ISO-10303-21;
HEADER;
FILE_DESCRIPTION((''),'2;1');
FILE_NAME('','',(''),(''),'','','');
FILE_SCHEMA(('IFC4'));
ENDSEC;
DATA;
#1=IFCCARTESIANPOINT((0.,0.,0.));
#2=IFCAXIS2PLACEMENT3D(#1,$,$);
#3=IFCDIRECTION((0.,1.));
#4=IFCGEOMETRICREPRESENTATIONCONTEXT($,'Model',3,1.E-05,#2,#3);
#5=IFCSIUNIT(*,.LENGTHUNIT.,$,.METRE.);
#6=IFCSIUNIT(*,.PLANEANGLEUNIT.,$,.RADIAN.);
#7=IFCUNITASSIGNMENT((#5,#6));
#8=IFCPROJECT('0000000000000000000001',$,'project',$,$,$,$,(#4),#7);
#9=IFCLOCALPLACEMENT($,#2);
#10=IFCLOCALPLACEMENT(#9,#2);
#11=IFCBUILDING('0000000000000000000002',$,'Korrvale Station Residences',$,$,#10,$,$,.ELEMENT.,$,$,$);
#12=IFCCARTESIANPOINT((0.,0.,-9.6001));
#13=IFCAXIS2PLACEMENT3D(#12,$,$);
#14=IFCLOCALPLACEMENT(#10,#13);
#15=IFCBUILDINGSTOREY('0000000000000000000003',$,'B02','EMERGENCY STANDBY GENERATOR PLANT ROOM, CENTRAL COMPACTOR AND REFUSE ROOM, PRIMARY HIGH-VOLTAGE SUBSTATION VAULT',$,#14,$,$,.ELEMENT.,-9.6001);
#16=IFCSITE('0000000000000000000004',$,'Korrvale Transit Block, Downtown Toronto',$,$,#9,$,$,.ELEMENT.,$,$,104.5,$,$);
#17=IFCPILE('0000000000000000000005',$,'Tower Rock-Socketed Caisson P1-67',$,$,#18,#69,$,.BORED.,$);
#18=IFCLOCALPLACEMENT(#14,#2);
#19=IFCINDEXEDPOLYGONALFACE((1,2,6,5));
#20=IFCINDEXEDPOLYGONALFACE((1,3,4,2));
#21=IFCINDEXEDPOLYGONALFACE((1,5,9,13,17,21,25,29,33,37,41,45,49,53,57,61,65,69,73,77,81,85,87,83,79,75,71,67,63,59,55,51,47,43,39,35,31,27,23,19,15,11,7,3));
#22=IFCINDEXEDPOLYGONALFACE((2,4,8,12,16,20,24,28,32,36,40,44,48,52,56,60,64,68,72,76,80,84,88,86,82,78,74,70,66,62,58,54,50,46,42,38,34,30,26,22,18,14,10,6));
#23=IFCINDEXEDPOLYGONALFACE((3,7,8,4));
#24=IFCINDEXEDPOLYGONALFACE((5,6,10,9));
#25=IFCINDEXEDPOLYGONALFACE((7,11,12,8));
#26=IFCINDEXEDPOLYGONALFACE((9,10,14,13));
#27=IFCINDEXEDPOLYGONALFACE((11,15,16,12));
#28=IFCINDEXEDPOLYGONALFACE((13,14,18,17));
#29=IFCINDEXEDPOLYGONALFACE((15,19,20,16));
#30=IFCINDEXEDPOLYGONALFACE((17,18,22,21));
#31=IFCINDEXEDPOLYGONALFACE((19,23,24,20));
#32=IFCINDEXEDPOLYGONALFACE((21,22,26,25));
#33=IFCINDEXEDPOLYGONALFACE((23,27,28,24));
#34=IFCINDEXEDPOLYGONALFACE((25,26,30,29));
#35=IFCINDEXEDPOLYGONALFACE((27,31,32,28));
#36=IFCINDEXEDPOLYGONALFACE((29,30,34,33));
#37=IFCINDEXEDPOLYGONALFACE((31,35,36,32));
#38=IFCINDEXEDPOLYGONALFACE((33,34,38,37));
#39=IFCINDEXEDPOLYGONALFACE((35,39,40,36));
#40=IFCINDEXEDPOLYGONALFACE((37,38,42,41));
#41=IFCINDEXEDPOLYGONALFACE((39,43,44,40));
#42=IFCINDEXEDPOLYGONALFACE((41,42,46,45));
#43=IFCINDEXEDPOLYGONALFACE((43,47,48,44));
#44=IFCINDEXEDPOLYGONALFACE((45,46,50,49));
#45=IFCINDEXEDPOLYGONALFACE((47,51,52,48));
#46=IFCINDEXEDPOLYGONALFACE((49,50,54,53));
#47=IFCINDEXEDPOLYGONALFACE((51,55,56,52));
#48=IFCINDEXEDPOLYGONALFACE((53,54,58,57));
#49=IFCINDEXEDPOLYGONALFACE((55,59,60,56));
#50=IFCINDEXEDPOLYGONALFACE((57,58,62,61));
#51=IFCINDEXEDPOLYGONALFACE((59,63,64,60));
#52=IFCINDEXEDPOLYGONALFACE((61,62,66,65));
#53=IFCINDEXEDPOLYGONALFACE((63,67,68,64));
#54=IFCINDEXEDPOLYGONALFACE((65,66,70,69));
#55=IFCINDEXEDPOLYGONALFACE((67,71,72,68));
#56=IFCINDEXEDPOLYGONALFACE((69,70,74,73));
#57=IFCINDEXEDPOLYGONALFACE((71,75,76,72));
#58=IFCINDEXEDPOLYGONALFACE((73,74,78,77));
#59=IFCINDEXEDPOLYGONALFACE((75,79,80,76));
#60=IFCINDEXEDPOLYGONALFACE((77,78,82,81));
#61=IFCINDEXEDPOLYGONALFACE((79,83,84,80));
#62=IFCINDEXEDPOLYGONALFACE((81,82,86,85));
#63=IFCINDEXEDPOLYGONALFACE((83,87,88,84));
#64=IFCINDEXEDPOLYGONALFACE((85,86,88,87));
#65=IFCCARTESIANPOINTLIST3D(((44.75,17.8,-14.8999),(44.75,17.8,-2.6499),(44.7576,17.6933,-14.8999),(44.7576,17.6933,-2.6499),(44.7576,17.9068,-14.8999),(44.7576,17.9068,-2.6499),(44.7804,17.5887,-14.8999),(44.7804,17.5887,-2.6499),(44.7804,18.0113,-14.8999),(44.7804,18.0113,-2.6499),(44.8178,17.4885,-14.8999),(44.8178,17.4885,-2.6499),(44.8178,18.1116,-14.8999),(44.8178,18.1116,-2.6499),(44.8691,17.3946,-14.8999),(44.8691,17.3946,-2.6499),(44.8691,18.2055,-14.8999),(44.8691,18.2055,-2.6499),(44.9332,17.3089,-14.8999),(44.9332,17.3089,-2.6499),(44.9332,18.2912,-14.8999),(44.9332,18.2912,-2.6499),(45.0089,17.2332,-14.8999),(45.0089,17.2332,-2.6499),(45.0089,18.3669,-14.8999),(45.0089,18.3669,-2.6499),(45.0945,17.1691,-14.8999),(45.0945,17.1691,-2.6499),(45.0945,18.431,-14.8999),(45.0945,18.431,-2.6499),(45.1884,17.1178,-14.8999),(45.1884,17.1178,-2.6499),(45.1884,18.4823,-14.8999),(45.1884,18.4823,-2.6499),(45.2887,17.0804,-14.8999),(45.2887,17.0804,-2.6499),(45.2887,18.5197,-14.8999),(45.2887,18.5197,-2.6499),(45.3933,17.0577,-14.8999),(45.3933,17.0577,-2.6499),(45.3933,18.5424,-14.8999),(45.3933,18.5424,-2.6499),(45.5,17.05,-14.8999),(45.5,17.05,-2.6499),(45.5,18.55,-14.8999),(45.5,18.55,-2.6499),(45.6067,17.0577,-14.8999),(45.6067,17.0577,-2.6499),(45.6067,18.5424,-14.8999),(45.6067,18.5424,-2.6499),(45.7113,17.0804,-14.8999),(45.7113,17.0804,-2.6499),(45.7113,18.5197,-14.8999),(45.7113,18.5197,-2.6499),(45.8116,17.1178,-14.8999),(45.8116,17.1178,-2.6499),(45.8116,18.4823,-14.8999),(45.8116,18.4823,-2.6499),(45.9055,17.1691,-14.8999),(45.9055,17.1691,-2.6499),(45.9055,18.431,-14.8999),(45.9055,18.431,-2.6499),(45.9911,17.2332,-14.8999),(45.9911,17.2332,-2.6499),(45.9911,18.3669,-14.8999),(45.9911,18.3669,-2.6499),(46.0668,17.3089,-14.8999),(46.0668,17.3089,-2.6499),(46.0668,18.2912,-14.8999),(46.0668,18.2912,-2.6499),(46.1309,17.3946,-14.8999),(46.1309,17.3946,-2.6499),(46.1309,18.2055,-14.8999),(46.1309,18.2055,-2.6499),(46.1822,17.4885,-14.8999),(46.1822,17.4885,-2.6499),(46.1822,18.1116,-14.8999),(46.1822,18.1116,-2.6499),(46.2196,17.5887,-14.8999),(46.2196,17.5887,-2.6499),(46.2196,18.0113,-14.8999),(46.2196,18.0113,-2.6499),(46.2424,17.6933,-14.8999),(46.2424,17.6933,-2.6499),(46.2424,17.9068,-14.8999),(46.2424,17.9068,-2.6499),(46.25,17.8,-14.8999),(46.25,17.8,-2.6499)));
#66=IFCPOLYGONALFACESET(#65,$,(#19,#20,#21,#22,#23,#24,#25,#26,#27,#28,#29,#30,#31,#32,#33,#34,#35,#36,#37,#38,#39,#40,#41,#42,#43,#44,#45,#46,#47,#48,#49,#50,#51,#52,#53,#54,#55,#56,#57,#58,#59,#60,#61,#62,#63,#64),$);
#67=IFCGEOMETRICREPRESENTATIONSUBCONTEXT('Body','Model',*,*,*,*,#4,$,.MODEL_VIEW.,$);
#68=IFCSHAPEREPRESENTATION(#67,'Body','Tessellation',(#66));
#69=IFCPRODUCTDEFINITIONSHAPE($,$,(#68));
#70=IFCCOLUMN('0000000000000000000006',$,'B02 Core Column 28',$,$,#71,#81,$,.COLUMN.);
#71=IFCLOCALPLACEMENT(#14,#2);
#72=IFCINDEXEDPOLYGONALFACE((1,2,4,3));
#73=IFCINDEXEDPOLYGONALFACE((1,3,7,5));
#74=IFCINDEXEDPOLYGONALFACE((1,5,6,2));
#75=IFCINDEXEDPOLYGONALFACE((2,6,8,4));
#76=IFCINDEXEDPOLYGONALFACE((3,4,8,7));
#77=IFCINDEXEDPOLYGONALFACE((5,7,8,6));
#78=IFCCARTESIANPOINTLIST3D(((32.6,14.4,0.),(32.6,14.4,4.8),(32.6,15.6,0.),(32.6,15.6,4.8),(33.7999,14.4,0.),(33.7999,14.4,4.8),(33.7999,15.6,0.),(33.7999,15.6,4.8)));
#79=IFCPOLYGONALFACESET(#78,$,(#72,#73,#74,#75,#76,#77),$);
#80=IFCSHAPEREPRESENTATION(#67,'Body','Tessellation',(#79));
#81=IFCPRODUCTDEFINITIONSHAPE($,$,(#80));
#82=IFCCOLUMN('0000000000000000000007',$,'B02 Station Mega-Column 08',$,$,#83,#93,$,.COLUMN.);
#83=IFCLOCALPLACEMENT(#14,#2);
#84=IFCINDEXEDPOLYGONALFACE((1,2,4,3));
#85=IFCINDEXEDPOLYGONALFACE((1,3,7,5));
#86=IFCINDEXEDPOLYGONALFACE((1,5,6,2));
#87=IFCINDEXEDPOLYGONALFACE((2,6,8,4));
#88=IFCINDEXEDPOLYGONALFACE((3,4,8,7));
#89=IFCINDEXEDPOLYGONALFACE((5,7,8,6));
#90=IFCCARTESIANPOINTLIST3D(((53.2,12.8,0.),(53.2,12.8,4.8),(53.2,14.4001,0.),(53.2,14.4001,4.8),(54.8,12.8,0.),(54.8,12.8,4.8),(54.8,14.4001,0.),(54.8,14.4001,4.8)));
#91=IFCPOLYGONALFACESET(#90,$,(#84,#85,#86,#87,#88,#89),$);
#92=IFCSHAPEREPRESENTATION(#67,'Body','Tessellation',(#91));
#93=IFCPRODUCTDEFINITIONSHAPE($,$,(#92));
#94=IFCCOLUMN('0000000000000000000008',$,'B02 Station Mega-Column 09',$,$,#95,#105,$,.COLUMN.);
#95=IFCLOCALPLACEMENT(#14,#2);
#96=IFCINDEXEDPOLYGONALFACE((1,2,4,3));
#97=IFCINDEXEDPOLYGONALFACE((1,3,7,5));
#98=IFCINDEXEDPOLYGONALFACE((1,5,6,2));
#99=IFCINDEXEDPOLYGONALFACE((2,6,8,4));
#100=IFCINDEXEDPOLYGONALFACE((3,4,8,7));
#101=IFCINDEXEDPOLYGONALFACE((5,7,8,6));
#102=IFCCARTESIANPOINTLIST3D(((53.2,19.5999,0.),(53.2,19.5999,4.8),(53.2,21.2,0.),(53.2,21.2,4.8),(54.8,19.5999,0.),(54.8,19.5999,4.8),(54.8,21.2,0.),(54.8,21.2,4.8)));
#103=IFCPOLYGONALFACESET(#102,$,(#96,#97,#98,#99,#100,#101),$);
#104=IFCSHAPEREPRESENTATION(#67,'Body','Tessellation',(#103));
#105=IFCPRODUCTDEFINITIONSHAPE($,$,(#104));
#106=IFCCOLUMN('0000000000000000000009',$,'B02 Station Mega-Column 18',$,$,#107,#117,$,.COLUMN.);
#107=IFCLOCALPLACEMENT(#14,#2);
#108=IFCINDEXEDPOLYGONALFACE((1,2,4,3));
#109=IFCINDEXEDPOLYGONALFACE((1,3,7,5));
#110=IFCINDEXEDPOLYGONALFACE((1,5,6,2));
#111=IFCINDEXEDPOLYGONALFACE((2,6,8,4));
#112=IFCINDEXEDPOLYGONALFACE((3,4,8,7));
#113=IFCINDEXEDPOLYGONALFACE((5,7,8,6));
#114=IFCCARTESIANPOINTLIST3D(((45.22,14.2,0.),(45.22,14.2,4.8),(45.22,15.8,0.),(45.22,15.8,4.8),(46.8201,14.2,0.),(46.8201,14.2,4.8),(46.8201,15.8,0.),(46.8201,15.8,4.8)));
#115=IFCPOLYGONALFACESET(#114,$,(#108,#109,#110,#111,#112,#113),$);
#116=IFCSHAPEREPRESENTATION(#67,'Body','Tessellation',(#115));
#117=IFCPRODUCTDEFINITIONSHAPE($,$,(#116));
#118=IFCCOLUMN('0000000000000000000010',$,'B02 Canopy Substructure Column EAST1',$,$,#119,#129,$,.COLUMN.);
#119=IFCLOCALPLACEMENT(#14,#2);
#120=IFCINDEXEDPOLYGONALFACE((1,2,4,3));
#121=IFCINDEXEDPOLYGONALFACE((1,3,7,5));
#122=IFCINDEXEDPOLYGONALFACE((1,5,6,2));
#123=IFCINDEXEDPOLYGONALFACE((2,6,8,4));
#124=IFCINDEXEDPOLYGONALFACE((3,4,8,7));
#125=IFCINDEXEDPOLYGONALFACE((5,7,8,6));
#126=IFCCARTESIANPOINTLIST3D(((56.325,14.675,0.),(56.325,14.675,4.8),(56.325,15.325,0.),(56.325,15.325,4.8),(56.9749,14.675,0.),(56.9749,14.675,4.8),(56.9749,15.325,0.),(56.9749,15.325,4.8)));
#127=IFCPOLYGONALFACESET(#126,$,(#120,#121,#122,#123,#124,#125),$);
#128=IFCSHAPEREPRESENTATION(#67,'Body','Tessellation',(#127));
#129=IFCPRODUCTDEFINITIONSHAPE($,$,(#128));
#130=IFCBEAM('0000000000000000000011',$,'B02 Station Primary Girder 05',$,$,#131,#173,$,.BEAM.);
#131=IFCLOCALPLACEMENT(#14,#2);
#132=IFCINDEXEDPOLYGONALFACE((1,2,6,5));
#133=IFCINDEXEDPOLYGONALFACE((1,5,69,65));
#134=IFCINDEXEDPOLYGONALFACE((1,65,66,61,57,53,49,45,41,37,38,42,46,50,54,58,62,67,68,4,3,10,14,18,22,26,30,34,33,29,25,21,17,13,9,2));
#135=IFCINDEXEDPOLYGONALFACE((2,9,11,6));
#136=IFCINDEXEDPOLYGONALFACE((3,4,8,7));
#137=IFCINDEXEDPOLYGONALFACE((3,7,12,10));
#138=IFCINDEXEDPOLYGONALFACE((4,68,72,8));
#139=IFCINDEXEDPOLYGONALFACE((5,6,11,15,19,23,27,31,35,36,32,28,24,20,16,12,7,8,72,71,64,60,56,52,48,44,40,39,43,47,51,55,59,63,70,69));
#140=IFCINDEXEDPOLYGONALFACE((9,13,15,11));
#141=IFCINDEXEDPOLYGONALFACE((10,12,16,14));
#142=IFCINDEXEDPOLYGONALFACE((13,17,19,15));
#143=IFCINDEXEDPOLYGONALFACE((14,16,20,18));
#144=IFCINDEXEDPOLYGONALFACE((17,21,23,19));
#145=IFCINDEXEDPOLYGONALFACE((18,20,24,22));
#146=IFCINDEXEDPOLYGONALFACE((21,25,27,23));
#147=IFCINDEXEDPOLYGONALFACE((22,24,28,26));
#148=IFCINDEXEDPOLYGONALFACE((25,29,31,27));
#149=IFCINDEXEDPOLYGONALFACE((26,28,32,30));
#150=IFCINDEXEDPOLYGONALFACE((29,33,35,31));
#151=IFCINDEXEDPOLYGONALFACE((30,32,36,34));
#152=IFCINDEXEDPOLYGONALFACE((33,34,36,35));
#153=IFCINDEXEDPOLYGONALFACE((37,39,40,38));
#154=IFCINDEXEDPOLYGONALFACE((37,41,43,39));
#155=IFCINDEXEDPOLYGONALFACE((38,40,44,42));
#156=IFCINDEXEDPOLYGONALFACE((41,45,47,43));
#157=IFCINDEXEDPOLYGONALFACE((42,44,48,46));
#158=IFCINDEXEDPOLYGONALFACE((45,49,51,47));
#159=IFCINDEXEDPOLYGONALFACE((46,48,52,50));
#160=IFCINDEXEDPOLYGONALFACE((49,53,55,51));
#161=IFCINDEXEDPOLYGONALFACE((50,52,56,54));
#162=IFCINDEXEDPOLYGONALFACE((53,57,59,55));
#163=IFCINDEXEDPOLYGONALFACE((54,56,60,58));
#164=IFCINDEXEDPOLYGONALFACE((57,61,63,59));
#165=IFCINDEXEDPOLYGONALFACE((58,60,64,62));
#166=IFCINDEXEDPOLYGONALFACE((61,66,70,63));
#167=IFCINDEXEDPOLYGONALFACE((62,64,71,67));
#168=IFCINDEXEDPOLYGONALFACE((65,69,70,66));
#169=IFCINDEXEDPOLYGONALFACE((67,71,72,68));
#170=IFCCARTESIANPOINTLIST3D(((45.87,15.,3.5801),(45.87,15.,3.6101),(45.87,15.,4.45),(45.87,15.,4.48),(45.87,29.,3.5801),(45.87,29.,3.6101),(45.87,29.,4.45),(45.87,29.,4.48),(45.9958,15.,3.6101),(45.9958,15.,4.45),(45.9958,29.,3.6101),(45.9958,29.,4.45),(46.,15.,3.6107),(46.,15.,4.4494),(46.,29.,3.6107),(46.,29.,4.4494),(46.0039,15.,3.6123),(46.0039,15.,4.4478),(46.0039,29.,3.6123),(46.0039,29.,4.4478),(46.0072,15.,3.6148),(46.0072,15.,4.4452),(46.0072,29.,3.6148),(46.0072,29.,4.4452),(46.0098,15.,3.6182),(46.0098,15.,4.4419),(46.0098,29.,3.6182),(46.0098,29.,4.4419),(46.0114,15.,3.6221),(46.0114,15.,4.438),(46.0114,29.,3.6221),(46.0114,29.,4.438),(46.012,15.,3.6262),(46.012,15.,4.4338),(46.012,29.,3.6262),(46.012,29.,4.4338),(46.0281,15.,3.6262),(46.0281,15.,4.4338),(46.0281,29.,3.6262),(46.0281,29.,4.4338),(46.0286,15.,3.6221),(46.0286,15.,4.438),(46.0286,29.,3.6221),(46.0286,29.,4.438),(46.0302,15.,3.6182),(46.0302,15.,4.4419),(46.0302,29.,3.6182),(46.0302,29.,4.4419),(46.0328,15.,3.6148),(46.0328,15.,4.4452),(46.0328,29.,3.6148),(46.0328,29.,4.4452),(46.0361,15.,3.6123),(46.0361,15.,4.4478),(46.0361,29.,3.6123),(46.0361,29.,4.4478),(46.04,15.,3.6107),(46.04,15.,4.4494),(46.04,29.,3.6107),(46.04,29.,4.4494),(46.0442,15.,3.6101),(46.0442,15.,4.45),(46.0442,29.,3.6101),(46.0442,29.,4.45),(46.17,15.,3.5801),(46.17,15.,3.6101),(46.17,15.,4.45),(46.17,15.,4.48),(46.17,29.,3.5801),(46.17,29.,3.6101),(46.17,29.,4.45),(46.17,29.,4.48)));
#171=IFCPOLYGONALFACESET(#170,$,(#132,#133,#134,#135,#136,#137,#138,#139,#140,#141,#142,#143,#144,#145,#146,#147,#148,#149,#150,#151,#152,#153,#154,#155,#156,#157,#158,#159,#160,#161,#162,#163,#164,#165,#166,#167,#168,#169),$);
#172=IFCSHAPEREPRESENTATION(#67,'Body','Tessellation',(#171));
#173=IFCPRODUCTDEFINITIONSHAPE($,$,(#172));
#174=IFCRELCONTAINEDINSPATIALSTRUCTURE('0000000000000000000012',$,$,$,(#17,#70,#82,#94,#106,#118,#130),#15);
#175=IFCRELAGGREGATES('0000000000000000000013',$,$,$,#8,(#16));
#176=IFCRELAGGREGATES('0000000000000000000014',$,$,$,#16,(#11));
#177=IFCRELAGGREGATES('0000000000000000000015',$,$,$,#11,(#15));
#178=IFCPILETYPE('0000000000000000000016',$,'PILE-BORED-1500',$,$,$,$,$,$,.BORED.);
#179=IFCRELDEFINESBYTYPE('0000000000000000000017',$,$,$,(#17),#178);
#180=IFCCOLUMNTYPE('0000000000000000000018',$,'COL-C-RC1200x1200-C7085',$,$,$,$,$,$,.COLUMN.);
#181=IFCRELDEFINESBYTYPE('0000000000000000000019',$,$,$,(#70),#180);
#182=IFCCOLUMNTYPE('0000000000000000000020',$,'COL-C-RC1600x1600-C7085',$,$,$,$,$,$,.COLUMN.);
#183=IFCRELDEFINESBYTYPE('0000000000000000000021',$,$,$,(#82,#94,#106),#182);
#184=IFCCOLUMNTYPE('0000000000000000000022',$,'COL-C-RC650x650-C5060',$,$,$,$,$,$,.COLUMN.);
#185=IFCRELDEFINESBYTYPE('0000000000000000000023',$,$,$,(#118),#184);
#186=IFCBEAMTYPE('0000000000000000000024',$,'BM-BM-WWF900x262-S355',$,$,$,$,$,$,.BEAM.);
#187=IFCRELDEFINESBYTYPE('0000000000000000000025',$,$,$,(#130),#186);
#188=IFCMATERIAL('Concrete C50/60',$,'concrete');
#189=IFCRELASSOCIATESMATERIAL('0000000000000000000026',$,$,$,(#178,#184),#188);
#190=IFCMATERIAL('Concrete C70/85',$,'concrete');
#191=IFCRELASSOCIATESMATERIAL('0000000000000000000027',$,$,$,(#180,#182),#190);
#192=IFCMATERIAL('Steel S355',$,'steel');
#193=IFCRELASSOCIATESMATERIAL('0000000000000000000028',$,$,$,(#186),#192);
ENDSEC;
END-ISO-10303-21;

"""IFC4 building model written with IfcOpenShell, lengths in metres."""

from ifc_helpers import new_model, si_unit, direction, frame, origin, origin_2d, place, context, subcontext, project, spatial, rectangle, circle, i_section, extrude, material, material_profile, profile_set, type_object, element, save


model = new_model("IFC4")

# Units and contexts
model_context = context("Model", 3, precision=1e-05, world=origin(), true_north=direction((0.0, 1.0)))
body_context = subcontext(model_context, "Body", "Model", "MODEL_VIEW")
ifc_project = project(units=[si_unit("LENGTHUNIT", "METRE"), si_unit("PLANEANGLEUNIT", "RADIAN")], contexts=[model_context])

# Site, building, storey
site_placement = place(None, origin())
site = spatial("IfcSite", under=ifc_project, at=site_placement, Name="Korrvale Transit Block, Downtown Toronto", CompositionType="ELEMENT", RefElevation=104.5)
building_placement = place(site_placement, origin())
building = spatial("IfcBuilding", under=site, at=building_placement, Name="Korrvale Station Residences", CompositionType="ELEMENT")
storey_placement = place(building_placement, frame((0.0, 0.0, -9.6001)))
storey = spatial("IfcBuildingStorey", under=building, at=storey_placement, Name="B02", Description="EMERGENCY STANDBY GENERATOR PLANT ROOM, CENTRAL COMPACTOR AND REFUSE ROOM, PRIMARY HIGH-VOLTAGE SUBSTATION VAULT", CompositionType="ELEMENT", Elevation=-9.6001)

# Pile
ifc_material_1 = material(Name="Concrete C50/60", Category="concrete")
ifc_material_profile_1 = material_profile(ifc_material_1, circle(Radius=0.75, at=origin_2d()), Name="PILE1500")
ifc_profile_set_1 = profile_set([ifc_material_profile_1], Name="Concrete C50/60")
pile_type_1 = type_object("IfcPileType", Name="PILE-BORED-1500", PredefinedType="BORED", material=ifc_profile_set_1)
for number, where, z_axis, x_axis, name in (
    (1, (45.5, 17.8, -2.6499), (0.0, 0.0, -1.0), (1.0, 0.0, 0.0), "Tower Rock-Socketed Caisson P1-67"),
):
    element("IfcPile", number, at=place(storey_placement, frame(where, z_axis=z_axis, x_axis=x_axis)), inside=storey, type_object=pile_type_1, Name=name, PredefinedType="BORED", context=body_context, shape_type="SweptSolid", body=[
        extrude(circle(Radius=0.75, at=origin_2d()), origin(), (0.0, 0.0, 1.0), 12.25),
    ])

# Columns
ifc_material_2 = material(Name="Concrete C70/85", Category="concrete")
ifc_material_profile_2 = material_profile(ifc_material_2, rectangle(XDim=1.2, YDim=1.2, at=origin_2d()), Name="RC1200x1200")
ifc_profile_set_2 = profile_set([ifc_material_profile_2], Name="Concrete C70/85")
column_type_1 = type_object("IfcColumnType", Name="COL-C-RC1200x1200-C7085", PredefinedType="COLUMN", material=ifc_profile_set_2)
column_1_placement = place(storey_placement, frame((33.2, 15.0, 0.0), z_axis=(0.0, 0.0, 1.0), x_axis=(1.0, 0.0, 0.0)))
element("IfcColumn", 2, at=column_1_placement, inside=storey, type_object=column_type_1, Name="B02 Core Column 28", PredefinedType="COLUMN", context=body_context, shape_type="SweptSolid", body=[
    extrude(rectangle(XDim=1.2, YDim=1.2, at=origin_2d()), origin(), (0.0, 0.0, 1.0), 4.8),
])
ifc_material_profile_3 = material_profile(ifc_material_2, rectangle(XDim=1.6001, YDim=1.6001, at=origin_2d()), Name="RC1600x1600")
ifc_profile_set_3 = profile_set([ifc_material_profile_3], Name="Concrete C70/85")
column_type_2 = type_object("IfcColumnType", Name="COL-C-RC1600x1600-C7085", PredefinedType="COLUMN", material=ifc_profile_set_3)
for number, where, z_axis, x_axis, name in (
    (3, (54.0, 13.6001, 0.0), (0.0, 0.0, 1.0), (1.0, 0.0, 0.0), "B02 Station Mega-Column 08"),
    (4, (54.0, 20.3999, 0.0), (0.0, 0.0, 1.0), (1.0, 0.0, 0.0), "B02 Station Mega-Column 09"),
    (5, (46.02, 15.0, 0.0), (0.0, 0.0, 1.0), (1.0, 0.0, 0.0), "B02 Station Mega-Column 18"),
):
    element("IfcColumn", number, at=place(storey_placement, frame(where, z_axis=z_axis, x_axis=x_axis)), inside=storey, type_object=column_type_2, Name=name, PredefinedType="COLUMN", context=body_context, shape_type="SweptSolid", body=[
        extrude(rectangle(XDim=1.6001, YDim=1.6001, at=origin_2d()), origin(), (0.0, 0.0, 1.0), 4.8),
    ])
ifc_material_profile_4 = material_profile(ifc_material_1, rectangle(XDim=0.6499, YDim=0.6499, at=origin_2d()), Name="RC650x650")
ifc_profile_set_4 = profile_set([ifc_material_profile_4], Name="Concrete C50/60")
column_type_3 = type_object("IfcColumnType", Name="COL-C-RC650x650-C5060", PredefinedType="COLUMN", material=ifc_profile_set_4)
column_2_placement = place(storey_placement, frame((56.6499, 15.0, 0.0), z_axis=(0.0, 0.0, 1.0), x_axis=(1.0, 0.0, 0.0)))
element("IfcColumn", 6, at=column_2_placement, inside=storey, type_object=column_type_3, Name="B02 Canopy Substructure Column EAST1", PredefinedType="COLUMN", context=body_context, shape_type="SweptSolid", body=[
    extrude(rectangle(XDim=0.6499, YDim=0.6499, at=origin_2d()), origin(), (0.0, 0.0, 1.0), 4.8),
])

# Beam
ifc_material_3 = material(Name="Steel S355", Category="steel")
ifc_material_profile_5 = material_profile(ifc_material_3, i_section(OverallWidth=0.3, OverallDepth=0.8999, WebThickness=0.0161, FlangeThickness=0.03, FilletRadius=0.0161, at=origin_2d()), Name="WWF900x262")
ifc_profile_set_5 = profile_set([ifc_material_profile_5], Name="Steel S355")
beam_type_1 = type_object("IfcBeamType", Name="BM-BM-WWF900x262-S355", PredefinedType="BEAM", material=ifc_profile_set_5)
beam_1_placement = place(storey_placement, frame((46.02, 15.0, 4.03), z_axis=(0.0, 1.0, 0.0), x_axis=(-1.0, 0.0, 0.0)))
element("IfcBeam", 7, at=beam_1_placement, inside=storey, type_object=beam_type_1, Name="B02 Station Primary Girder 05", PredefinedType="BEAM", context=body_context, shape_type="SweptSolid", body=[
    extrude(i_section(OverallWidth=0.3, OverallDepth=0.8999, WebThickness=0.0161, FlangeThickness=0.03, FilletRadius=0.0161, at=origin_2d()), origin(), (0.0, 0.0, 1.0), 14.0),
])

save(model, "model.ifc")
